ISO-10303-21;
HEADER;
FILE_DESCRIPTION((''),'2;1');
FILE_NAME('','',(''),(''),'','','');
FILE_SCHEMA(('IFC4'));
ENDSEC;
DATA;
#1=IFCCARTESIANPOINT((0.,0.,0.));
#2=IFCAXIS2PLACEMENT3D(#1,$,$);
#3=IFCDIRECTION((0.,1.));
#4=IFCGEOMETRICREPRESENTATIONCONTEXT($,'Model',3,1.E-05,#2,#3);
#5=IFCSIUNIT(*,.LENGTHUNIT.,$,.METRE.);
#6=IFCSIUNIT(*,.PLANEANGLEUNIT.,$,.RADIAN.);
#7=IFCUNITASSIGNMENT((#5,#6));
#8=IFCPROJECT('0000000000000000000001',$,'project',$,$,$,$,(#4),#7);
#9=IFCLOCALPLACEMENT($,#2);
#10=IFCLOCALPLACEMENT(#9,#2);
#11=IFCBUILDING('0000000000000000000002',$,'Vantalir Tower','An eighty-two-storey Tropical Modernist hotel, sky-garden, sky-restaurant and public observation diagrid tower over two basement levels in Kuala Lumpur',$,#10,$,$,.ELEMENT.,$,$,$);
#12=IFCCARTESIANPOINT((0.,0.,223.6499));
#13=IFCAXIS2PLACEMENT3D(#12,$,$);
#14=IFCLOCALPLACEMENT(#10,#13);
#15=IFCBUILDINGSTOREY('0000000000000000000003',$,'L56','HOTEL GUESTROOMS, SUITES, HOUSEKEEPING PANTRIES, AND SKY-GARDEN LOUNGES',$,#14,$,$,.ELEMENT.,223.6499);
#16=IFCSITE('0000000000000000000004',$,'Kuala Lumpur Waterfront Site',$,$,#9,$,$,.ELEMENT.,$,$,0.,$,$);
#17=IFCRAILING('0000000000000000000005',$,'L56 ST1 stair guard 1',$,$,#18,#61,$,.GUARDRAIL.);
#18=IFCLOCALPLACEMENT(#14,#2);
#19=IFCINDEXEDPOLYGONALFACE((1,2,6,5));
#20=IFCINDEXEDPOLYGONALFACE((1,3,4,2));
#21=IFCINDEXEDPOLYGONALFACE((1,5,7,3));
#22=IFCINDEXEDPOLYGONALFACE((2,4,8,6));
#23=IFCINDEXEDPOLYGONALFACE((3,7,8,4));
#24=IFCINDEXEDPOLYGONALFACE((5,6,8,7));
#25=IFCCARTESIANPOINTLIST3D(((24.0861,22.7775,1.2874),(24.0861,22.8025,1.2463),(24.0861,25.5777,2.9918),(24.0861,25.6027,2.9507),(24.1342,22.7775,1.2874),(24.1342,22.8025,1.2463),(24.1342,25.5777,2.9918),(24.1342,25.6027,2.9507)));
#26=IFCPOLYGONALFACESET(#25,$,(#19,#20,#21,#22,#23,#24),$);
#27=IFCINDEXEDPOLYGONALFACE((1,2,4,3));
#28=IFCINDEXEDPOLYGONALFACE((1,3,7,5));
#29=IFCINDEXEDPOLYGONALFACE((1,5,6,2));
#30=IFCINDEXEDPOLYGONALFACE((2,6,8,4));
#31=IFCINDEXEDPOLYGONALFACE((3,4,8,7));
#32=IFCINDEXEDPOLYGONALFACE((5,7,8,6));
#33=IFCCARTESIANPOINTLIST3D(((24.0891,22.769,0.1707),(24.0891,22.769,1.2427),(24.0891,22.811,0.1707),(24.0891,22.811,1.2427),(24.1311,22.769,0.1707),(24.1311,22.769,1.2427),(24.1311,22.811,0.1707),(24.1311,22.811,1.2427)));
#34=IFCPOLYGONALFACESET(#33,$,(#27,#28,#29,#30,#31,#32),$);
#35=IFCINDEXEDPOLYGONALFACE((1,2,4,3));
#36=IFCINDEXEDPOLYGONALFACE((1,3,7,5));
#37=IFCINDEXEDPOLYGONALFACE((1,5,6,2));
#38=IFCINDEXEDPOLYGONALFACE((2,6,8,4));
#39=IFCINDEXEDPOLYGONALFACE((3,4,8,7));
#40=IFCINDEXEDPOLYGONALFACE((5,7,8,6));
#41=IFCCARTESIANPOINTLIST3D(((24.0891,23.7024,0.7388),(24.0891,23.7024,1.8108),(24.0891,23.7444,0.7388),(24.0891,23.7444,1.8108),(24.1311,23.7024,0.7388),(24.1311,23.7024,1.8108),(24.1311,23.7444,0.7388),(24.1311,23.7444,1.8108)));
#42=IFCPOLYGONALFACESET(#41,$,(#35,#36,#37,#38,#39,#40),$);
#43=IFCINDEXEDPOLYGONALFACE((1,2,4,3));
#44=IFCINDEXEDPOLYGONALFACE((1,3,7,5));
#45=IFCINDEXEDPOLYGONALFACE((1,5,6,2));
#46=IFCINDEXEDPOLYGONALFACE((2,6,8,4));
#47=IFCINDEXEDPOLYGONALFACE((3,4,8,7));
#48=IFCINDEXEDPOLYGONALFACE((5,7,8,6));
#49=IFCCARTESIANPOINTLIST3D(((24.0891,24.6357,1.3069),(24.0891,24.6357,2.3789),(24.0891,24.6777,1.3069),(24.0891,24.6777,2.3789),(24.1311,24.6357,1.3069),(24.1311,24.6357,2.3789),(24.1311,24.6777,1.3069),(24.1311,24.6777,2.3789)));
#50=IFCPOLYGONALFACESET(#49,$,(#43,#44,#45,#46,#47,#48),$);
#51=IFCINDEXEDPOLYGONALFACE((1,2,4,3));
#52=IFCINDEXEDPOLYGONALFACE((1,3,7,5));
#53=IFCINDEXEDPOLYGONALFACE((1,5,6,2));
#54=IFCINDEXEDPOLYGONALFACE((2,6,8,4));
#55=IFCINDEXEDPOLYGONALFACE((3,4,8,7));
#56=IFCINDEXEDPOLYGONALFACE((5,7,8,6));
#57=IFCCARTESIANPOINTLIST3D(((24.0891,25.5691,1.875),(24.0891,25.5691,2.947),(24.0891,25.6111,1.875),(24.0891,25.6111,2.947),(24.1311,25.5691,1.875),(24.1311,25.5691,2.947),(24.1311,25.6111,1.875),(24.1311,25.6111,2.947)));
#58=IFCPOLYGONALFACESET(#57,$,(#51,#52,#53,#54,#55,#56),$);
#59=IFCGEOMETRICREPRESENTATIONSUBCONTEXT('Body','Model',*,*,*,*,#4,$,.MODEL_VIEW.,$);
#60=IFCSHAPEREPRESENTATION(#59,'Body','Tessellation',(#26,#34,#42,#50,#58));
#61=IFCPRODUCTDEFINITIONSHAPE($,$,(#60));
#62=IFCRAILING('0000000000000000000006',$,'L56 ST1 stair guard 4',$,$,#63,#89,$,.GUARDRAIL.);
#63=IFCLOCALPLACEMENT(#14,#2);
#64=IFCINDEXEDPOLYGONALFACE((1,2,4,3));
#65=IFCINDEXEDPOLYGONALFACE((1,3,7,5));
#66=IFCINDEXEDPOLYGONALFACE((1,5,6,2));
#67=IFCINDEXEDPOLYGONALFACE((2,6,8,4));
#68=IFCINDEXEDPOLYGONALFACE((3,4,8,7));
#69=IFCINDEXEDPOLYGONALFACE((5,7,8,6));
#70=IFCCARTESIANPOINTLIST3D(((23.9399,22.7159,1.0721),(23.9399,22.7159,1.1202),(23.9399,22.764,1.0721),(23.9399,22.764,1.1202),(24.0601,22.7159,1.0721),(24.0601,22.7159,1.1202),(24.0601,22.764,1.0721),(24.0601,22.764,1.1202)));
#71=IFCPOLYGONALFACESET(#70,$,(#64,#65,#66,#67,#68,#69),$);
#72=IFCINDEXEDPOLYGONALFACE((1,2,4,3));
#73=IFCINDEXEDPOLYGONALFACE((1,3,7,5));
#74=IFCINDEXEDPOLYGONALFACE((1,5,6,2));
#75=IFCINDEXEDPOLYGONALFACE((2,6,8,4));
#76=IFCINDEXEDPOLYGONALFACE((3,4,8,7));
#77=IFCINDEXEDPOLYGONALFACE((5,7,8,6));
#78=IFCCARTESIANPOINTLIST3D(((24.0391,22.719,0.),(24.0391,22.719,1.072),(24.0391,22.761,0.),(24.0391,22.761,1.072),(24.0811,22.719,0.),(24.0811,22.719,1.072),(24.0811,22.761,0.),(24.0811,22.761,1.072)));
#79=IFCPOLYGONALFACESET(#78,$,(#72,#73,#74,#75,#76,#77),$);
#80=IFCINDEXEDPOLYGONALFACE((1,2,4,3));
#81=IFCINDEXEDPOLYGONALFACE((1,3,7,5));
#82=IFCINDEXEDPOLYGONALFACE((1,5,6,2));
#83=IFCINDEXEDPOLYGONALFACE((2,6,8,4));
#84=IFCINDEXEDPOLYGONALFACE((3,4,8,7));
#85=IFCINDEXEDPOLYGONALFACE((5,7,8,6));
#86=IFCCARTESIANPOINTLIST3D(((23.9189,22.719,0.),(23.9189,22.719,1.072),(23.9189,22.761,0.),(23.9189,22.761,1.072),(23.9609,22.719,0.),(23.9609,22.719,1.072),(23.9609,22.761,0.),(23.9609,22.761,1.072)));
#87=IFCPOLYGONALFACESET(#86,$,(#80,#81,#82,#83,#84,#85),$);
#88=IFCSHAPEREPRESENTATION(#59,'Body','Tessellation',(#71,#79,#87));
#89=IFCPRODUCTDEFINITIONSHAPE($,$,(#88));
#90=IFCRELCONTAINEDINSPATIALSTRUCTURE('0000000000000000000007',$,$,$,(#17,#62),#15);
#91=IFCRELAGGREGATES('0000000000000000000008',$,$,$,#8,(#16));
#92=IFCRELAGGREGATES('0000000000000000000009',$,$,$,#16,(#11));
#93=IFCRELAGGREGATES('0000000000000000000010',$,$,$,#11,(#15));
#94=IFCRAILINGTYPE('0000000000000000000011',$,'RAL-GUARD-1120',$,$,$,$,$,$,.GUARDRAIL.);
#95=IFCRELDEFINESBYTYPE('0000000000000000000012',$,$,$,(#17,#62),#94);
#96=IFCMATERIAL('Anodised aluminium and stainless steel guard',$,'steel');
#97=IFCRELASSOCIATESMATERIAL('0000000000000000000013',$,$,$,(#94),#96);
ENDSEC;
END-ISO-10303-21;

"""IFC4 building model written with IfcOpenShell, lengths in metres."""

from ifc_helpers import new_model, si_unit, direction, frame, origin, origin_2d, place, context, subcontext, project, spatial, rectangle, extrude, material, type_object, element, save


model = new_model("IFC4")

# Units and contexts
model_context = context("Model", 3, precision=1e-05, world=origin(), true_north=direction((0.0, 1.0)))
body_context = subcontext(model_context, "Body", "Model", "MODEL_VIEW")
ifc_project = project(units=[si_unit("LENGTHUNIT", "METRE"), si_unit("PLANEANGLEUNIT", "RADIAN")], contexts=[model_context])

# Site, building, storey
site_placement = place(None, origin())
site = spatial("IfcSite", under=ifc_project, at=site_placement, Name="Kuala Lumpur Waterfront Site", CompositionType="ELEMENT", RefElevation=0.0)
building_placement = place(site_placement, origin())
building = spatial("IfcBuilding", under=site, at=building_placement, Name="Vantalir Tower", Description="An eighty-two-storey Tropical Modernist hotel, sky-garden, sky-restaurant and public observation diagrid tower over two basement levels in Kuala Lumpur", CompositionType="ELEMENT")
storey_placement = place(building_placement, frame((0.0, 0.0, 223.6499)))
storey = spatial("IfcBuildingStorey", under=building, at=storey_placement, Name="L56", Description="HOTEL GUESTROOMS, SUITES, HOUSEKEEPING PANTRIES, AND SKY-GARDEN LOUNGES", CompositionType="ELEMENT", Elevation=223.6499)

# Railings
ifc_material_1 = material(Name="Anodised aluminium and stainless steel guard", Category="steel")
railing_type = type_object("IfcRailingType", Name="RAL-GUARD-1120", PredefinedType="GUARDRAIL", material=ifc_material_1)
railing_1_placement = place(storey_placement, frame((24.1101, 22.79, 0.1707)))
element("IfcRailing", 1, at=railing_1_placement, inside=storey, type_object=railing_type, Name="L56 ST1 stair guard 1", PredefinedType="GUARDRAIL", context=body_context, shape_type="SweptSolid", body=[
    extrude(rectangle(XDim=0.0481, YDim=0.0481, at=origin_2d()), frame((0.0, 0.0, 1.0962), z_axis=(0.0, 0.854203, 0.51994), x_axis=(-1.0, 0.0, 0.0)), (0.0, 0.0, 1.0), 3.2781),
    extrude(rectangle(XDim=0.042, YDim=0.042, at=origin_2d()), origin(), (0.0, 0.0, 1.0), 1.072),
    extrude(rectangle(XDim=0.042, YDim=0.042, at=origin_2d()), frame((0.0, 0.9333, 0.5681)), (0.0, 0.0, 1.0), 1.072),
    extrude(rectangle(XDim=0.042, YDim=0.042, at=origin_2d()), frame((0.0, 1.8667, 1.1362)), (0.0, 0.0, 1.0), 1.072),
    extrude(rectangle(XDim=0.042, YDim=0.042, at=origin_2d()), frame((0.0, 2.8, 1.7043)), (0.0, 0.0, 1.0), 1.072),
])
railing_2_placement = place(storey_placement, frame((24.0601, 22.74, 0.0)))
element("IfcRailing", 2, at=railing_2_placement, inside=storey, type_object=railing_type, Name="L56 ST1 stair guard 4", PredefinedType="GUARDRAIL", context=body_context, shape_type="SweptSolid", body=[
    extrude(rectangle(XDim=0.0481, YDim=0.0481, at=origin_2d()), frame((0.0, 0.0, 1.0962), z_axis=(-1.0, 0.0, 0.0), x_axis=(0.0, -1.0, 0.0)), (0.0, 0.0, 1.0), 0.1201),
    extrude(rectangle(XDim=0.042, YDim=0.042, at=origin_2d()), origin(), (0.0, 0.0, 1.0), 1.072),
    extrude(rectangle(XDim=0.042, YDim=0.042, at=origin_2d()), frame((-0.1201, 0.0, 0.0)), (0.0, 0.0, 1.0), 1.072),
])

save(model, "model.ifc")
